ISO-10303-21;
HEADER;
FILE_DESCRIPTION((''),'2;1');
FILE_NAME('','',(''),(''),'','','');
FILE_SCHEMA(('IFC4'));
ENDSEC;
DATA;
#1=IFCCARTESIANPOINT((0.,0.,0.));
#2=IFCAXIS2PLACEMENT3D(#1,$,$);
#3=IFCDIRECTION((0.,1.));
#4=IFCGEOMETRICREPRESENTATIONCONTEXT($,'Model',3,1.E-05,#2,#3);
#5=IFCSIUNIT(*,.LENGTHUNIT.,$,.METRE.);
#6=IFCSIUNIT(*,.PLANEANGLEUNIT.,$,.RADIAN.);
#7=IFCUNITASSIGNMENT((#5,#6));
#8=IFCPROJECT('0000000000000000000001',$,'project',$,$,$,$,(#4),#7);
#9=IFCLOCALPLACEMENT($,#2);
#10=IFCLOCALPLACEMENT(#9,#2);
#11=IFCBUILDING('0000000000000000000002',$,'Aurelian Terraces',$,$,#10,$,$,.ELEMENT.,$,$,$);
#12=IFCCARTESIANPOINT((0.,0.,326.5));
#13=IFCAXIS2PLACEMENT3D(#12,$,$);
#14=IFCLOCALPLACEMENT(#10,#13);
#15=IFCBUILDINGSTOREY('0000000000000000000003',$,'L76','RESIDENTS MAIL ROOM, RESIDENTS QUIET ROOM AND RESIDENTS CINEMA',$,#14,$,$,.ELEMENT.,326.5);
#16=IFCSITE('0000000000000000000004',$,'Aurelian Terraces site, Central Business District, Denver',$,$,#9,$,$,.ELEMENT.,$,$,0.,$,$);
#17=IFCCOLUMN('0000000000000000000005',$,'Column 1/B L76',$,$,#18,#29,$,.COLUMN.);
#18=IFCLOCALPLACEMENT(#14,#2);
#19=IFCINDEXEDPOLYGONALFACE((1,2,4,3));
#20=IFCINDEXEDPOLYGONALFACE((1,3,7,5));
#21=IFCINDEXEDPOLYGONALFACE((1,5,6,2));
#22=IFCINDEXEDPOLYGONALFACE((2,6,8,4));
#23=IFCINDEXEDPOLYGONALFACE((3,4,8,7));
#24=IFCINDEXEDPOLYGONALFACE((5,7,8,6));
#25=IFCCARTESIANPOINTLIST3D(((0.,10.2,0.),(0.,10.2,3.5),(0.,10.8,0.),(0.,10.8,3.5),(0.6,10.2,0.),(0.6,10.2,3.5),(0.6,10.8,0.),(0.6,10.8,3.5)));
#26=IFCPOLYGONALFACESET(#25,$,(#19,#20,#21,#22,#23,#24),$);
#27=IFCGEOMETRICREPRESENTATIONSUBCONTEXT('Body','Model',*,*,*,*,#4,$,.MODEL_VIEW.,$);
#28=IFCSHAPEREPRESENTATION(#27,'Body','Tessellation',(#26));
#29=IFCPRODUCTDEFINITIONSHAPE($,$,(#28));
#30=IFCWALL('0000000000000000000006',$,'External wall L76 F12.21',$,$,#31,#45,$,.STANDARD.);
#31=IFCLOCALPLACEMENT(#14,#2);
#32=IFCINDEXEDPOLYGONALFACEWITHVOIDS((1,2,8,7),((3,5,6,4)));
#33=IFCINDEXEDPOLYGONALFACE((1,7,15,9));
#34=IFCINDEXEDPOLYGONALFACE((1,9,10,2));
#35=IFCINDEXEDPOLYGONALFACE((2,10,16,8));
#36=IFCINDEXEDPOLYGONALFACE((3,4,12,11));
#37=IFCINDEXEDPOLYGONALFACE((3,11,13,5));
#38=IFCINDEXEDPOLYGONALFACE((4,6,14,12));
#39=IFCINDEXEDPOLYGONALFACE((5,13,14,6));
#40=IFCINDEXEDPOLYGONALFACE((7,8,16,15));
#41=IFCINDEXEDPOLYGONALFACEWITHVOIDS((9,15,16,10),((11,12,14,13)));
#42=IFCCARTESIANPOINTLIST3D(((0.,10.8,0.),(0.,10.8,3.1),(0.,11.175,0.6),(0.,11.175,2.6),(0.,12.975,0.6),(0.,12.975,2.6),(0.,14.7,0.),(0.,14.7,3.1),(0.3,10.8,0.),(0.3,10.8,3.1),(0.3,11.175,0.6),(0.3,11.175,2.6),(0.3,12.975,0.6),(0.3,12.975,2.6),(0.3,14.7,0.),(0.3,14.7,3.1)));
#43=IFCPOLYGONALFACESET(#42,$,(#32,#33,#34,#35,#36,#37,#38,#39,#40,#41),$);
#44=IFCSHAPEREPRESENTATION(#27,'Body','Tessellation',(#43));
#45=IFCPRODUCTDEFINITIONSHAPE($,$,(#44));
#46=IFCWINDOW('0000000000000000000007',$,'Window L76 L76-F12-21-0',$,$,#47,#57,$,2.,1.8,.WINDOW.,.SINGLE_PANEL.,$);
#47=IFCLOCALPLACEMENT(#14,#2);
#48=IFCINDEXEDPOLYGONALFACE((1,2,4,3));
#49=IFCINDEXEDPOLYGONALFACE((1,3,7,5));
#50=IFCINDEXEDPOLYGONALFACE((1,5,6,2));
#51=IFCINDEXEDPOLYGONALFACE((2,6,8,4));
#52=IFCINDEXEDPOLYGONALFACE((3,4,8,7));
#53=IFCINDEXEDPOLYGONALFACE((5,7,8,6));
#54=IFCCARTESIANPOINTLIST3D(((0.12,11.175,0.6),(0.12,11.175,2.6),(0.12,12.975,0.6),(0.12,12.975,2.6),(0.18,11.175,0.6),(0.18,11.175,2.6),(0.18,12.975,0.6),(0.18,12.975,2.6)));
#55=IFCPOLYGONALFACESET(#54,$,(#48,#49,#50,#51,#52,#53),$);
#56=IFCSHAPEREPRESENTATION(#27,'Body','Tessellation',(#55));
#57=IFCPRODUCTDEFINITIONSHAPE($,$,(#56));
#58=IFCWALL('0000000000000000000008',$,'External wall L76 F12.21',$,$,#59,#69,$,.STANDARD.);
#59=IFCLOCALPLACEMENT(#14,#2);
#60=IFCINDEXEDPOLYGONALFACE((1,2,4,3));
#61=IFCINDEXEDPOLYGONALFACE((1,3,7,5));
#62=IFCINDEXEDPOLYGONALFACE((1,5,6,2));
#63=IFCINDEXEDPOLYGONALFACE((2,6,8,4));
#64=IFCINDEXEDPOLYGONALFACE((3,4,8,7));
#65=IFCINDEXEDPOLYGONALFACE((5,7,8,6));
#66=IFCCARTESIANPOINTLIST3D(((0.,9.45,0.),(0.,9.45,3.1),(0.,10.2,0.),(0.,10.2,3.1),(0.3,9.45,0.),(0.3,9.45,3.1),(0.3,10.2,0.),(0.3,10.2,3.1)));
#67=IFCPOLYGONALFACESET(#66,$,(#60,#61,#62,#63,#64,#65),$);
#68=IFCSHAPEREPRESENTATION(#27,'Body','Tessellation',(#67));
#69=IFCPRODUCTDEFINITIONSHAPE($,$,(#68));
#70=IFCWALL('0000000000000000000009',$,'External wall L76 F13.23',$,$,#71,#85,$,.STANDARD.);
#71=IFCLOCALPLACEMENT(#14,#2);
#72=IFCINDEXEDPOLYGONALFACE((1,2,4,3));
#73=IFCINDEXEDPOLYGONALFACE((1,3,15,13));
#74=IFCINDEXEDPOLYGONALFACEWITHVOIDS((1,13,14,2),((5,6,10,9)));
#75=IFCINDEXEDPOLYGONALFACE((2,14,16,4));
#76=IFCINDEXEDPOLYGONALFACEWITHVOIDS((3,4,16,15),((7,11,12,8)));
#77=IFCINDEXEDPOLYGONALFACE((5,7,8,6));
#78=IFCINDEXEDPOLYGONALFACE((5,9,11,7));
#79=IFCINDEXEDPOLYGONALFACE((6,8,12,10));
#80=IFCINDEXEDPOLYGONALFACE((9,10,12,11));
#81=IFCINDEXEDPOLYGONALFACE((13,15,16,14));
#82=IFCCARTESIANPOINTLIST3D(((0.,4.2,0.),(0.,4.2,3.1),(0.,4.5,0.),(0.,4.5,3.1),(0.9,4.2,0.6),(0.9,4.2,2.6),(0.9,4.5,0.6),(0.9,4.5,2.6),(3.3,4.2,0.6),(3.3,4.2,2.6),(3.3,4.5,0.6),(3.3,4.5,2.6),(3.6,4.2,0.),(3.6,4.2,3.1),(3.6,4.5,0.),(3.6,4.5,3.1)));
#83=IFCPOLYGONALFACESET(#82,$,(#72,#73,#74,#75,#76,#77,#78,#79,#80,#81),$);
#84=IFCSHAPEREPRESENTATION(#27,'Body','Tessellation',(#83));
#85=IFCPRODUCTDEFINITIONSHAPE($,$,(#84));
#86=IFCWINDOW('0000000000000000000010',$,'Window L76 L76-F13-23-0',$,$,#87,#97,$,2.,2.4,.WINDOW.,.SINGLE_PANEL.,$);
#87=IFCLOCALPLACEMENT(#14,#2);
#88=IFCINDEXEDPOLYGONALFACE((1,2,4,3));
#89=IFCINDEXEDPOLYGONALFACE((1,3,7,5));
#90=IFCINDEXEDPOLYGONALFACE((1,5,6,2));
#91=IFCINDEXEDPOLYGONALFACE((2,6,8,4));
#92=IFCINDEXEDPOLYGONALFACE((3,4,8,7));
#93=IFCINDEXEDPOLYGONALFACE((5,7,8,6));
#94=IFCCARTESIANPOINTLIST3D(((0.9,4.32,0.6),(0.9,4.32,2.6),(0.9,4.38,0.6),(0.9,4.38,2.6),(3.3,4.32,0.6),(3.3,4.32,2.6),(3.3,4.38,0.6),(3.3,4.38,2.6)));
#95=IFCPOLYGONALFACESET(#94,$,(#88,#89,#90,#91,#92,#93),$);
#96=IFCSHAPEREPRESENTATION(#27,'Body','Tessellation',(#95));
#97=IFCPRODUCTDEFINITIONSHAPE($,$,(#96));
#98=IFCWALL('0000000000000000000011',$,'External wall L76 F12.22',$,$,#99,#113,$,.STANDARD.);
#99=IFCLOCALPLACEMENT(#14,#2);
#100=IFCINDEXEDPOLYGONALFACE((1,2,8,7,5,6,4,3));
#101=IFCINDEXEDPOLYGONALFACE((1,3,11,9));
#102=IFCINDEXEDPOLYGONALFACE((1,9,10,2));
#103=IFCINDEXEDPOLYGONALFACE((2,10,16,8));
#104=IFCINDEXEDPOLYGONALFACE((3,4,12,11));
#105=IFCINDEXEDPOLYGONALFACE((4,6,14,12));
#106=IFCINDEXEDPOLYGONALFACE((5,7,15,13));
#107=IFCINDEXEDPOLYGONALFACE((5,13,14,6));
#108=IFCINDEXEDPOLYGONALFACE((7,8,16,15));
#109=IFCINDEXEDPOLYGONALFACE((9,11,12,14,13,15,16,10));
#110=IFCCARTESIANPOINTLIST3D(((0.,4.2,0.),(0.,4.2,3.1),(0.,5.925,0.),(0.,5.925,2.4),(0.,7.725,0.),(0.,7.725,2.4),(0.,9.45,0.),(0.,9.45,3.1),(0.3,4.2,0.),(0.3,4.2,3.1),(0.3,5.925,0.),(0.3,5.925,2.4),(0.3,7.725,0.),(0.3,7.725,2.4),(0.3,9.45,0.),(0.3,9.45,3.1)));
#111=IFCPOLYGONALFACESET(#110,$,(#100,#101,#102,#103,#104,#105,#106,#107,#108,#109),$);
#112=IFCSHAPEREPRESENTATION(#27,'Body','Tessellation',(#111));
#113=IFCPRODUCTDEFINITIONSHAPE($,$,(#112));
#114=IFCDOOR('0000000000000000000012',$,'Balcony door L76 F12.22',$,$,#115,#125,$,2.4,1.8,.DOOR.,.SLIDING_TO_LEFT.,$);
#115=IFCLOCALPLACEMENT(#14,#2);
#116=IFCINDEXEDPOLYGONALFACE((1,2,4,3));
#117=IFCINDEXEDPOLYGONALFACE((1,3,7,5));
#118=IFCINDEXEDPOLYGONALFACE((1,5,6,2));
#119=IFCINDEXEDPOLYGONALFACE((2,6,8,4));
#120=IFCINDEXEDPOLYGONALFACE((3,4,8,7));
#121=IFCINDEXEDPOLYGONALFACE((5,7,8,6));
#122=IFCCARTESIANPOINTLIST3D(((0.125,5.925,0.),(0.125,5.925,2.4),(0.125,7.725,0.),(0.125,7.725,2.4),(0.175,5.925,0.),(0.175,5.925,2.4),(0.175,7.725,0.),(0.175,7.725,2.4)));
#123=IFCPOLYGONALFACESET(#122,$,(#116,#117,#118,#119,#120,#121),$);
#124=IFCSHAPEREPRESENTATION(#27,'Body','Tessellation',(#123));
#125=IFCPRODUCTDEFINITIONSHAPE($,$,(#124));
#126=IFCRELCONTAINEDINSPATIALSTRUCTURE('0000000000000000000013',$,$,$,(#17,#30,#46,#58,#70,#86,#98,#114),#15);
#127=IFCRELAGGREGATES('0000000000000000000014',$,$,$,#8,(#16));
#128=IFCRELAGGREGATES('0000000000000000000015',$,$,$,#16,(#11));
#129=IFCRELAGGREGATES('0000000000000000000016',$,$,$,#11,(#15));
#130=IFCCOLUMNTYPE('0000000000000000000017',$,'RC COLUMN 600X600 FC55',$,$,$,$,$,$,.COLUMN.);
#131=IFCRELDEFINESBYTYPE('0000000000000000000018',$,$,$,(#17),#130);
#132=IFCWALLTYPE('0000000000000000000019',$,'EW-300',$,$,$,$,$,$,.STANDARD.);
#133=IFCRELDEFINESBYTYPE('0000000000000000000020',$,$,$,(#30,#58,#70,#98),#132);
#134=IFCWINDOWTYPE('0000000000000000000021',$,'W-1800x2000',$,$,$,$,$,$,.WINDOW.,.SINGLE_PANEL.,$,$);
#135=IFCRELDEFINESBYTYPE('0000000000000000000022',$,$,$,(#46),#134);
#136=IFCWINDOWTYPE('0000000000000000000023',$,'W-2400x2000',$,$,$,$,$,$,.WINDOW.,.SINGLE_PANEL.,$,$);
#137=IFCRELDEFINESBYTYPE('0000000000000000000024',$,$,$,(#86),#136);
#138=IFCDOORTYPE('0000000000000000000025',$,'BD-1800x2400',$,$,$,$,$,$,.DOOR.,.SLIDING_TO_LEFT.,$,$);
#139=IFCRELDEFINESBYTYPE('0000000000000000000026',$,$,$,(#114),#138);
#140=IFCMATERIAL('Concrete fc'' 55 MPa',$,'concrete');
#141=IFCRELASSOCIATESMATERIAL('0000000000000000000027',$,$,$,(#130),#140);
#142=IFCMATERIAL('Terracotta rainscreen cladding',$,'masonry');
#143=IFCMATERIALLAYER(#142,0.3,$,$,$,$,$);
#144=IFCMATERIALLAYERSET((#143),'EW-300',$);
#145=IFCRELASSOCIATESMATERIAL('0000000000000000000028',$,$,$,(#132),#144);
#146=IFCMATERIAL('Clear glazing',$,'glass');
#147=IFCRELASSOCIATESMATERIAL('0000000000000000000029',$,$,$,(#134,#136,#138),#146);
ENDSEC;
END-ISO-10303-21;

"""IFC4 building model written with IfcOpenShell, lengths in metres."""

from ifc_helpers import new_model, si_unit, direction, frame, frame_2d, origin, origin_2d, place, context, subcontext, project, spatial, rectangle, extrude, source, transform, mapped, material, layer, layer_set, material_profile, profile_set, type_object, element, fill, save


model = new_model("IFC4")

# Units and contexts
model_context = context("Model", 3, precision=1e-05, world=origin(), true_north=direction((0.0, 1.0)))
body_context = subcontext(model_context, "Body", "Model", "MODEL_VIEW")
ifc_project = project(units=[si_unit("LENGTHUNIT", "METRE"), si_unit("PLANEANGLEUNIT", "RADIAN")], contexts=[model_context])

# Site, building, storey
site_placement = place(None, origin())
site = spatial("IfcSite", under=ifc_project, at=site_placement, Name="Aurelian Terraces site, Central Business District, Denver", CompositionType="ELEMENT", RefElevation=0.0)
building_placement = place(site_placement, origin())
building = spatial("IfcBuilding", under=site, at=building_placement, Name="Aurelian Terraces", CompositionType="ELEMENT")
storey_placement = place(building_placement, frame((0.0, 0.0, 326.5)))
storey = spatial("IfcBuildingStorey", under=building, at=storey_placement, Name="L76", Description="RESIDENTS MAIL ROOM, RESIDENTS QUIET ROOM AND RESIDENTS CINEMA", CompositionType="ELEMENT", Elevation=326.5)

# Column
ifc_material_1 = material(Name="Concrete fc' 55 MPa", Category="concrete")
ifc_material_profile = material_profile(ifc_material_1, rectangle(XDim=0.6, YDim=0.6, at=origin_2d()))
ifc_profile_set = profile_set([ifc_material_profile], Name="Concrete fc' 55 MPa")
column_type = type_object("IfcColumnType", Name="RC COLUMN 600X600 FC55", PredefinedType="COLUMN", material=ifc_profile_set)
shared_shape_1 = source(origin(), body_context, "Body", "SweptSolid", [
    extrude(rectangle(XDim=0.6, YDim=0.6, at=origin_2d()), origin(), (0.0, 0.0, 1.0), 3.5),
])
column_placement = place(storey_placement, frame((0.3, 10.5, 0.0), z_axis=(0.0, 0.0, 1.0), x_axis=(1.0, 0.0, 0.0)))
element("IfcColumn", 1, at=column_placement, inside=storey, type_object=column_type, Name="Column 1/B L76", PredefinedType="COLUMN", context=body_context, shape_type="MappedRepresentation", body=[
    mapped(shared_shape_1, transform((0.0, 0.0, 0.0), scale=1.0)),
])

# Wall, opening, window
ifc_material_2 = material(Name="Terracotta rainscreen cladding", Category="masonry")
ifc_layer_1 = layer(ifc_material_2, 0.3)
ifc_layer_set_1 = layer_set([ifc_layer_1], Name="EW-300")
wall_type_1 = type_object("IfcWallType", Name="EW-300", PredefinedType="STANDARD", material=ifc_layer_set_1)
wall_1_placement = place(storey_placement, frame((0.15, 14.7, 0.0), z_axis=(0.0, 0.0, 1.0), x_axis=(0.0, -1.0, 0.0)))
wall_1 = element("IfcWall", 2, at=wall_1_placement, inside=storey, type_object=wall_type_1, Name="External wall L76 F12.21", PredefinedType="STANDARD", context=body_context, shape_type="SweptSolid", body=[
    extrude(rectangle(XDim=3.9, YDim=0.3, at=frame_2d((1.95, 0.0))), origin(), (0.0, 0.0, 1.0), 3.1),
])
shared_shape_2 = source(origin(), body_context, "Body", "SweptSolid", [
    extrude(rectangle(XDim=1.8, YDim=2.0, at=frame_2d((0.9, 1.0))), frame((0.0, 0.16, 0.0), z_axis=(0.0, -1.0, 0.0), x_axis=(1.0, 0.0, 0.0)), (0.0, 0.0, 1.0), 0.32),
])
opening_1_placement = place(wall_1_placement, frame((1.725, 0.0, 0.6)))
opening_1 = element("IfcOpeningElement", 3, at=opening_1_placement, cuts=wall_1, PredefinedType="OPENING", context=body_context, shape_type="MappedRepresentation", body=[
    mapped(shared_shape_2, transform((0.0, 0.0, 0.0), scale=1.0)),
])
ifc_material_3 = material(Name="Clear glazing", Category="glass")
window_type_1 = type_object("IfcWindowType", Name="W-1800x2000", PartitioningType="SINGLE_PANEL", PredefinedType="WINDOW", material=ifc_material_3)
shared_shape_3 = source(origin(), body_context, "Body", "SweptSolid", [
    extrude(rectangle(XDim=1.8, YDim=2.0, at=frame_2d((0.9, 1.0))), frame((0.0, 0.03, 0.0), z_axis=(0.0, -1.0, 0.0), x_axis=(1.0, 0.0, 0.0)), (0.0, 0.0, 1.0), 0.06),
])
window_1_placement = place(opening_1_placement, origin())
window_1 = element("IfcWindow", 4, at=window_1_placement, inside=storey, type_object=window_type_1, Name="Window L76 L76-F12-21-0", OverallHeight=2.0, OverallWidth=1.8, PartitioningType="SINGLE_PANEL", PredefinedType="WINDOW", context=body_context, shape_type="MappedRepresentation", body=[
    mapped(shared_shape_3, transform((0.0, 0.0, 0.0), scale=1.0)),
])
fill(opening_1, window_1)

# Wall
wall_2_placement = place(storey_placement, frame((0.15, 10.2, 0.0), z_axis=(0.0, 0.0, 1.0), x_axis=(0.0, -1.0, 0.0)))
element("IfcWall", 5, at=wall_2_placement, inside=storey, type_object=wall_type_1, Name="External wall L76 F12.21", PredefinedType="STANDARD", context=body_context, shape_type="SweptSolid", body=[
    extrude(rectangle(XDim=0.75, YDim=0.3, at=frame_2d((0.375, 0.0))), origin(), (0.0, 0.0, 1.0), 3.1),
])

# Wall, opening, window
shared_shape_4 = source(origin(), body_context, "Body", "SweptSolid", [
    extrude(rectangle(XDim=3.6, YDim=0.3, at=frame_2d((1.8, 0.0))), origin(), (0.0, 0.0, 1.0), 3.1),
])
wall_3_placement = place(storey_placement, frame((0.0, 4.35, 0.0), z_axis=(0.0, 0.0, 1.0), x_axis=(1.0, 0.0, 0.0)))
wall_3 = element("IfcWall", 6, at=wall_3_placement, inside=storey, type_object=wall_type_1, Name="External wall L76 F13.23", PredefinedType="STANDARD", context=body_context, shape_type="MappedRepresentation", body=[
    mapped(shared_shape_4, transform((0.0, 0.0, 0.0), scale=1.0)),
])
shared_shape_5 = source(origin(), body_context, "Body", "SweptSolid", [
    extrude(rectangle(XDim=2.4, YDim=2.0, at=frame_2d((1.2, 1.0))), frame((0.0, 0.16, 0.0), z_axis=(0.0, -1.0, 0.0), x_axis=(1.0, 0.0, 0.0)), (0.0, 0.0, 1.0), 0.32),
])
opening_2_placement = place(wall_3_placement, frame((0.9, 0.0, 0.6)))
opening_2 = element("IfcOpeningElement", 7, at=opening_2_placement, cuts=wall_3, PredefinedType="OPENING", context=body_context, shape_type="MappedRepresentation", body=[
    mapped(shared_shape_5, transform((0.0, 0.0, 0.0), scale=1.0)),
])
window_type_2 = type_object("IfcWindowType", Name="W-2400x2000", PartitioningType="SINGLE_PANEL", PredefinedType="WINDOW", material=ifc_material_3)
shared_shape_6 = source(origin(), body_context, "Body", "SweptSolid", [
    extrude(rectangle(XDim=2.4, YDim=2.0, at=frame_2d((1.2, 1.0))), frame((0.0, 0.03, 0.0), z_axis=(0.0, -1.0, 0.0), x_axis=(1.0, 0.0, 0.0)), (0.0, 0.0, 1.0), 0.06),
])
window_2_placement = place(opening_2_placement, origin())
window_2 = element("IfcWindow", 8, at=window_2_placement, inside=storey, type_object=window_type_2, Name="Window L76 L76-F13-23-0", OverallHeight=2.0, OverallWidth=2.4, PartitioningType="SINGLE_PANEL", PredefinedType="WINDOW", context=body_context, shape_type="MappedRepresentation", body=[
    mapped(shared_shape_6, transform((0.0, 0.0, 0.0), scale=1.0)),
])
fill(opening_2, window_2)

# Wall, opening, door
shared_shape_7 = source(origin(), body_context, "Body", "SweptSolid", [
    extrude(rectangle(XDim=5.25, YDim=0.3, at=frame_2d((2.625, 0.0))), origin(), (0.0, 0.0, 1.0), 3.1),
])
wall_4_placement = place(storey_placement, frame((0.15, 9.45, 0.0), z_axis=(0.0, 0.0, 1.0), x_axis=(0.0, -1.0, 0.0)))
wall_4 = element("IfcWall", 9, at=wall_4_placement, inside=storey, type_object=wall_type_1, Name="External wall L76 F12.22", PredefinedType="STANDARD", context=body_context, shape_type="MappedRepresentation", body=[
    mapped(shared_shape_7, transform((0.0, 0.0, 0.0), scale=1.0)),
])
shared_shape_8 = source(origin(), body_context, "Body", "SweptSolid", [
    extrude(rectangle(XDim=1.8, YDim=2.4, at=frame_2d((0.9, 1.2))), frame((0.0, 0.16, 0.0), z_axis=(0.0, -1.0, 0.0), x_axis=(1.0, 0.0, 0.0)), (0.0, 0.0, 1.0), 0.32),
])
opening_3_placement = place(wall_4_placement, frame((1.725, 0.0, 0.0)))
opening_3 = element("IfcOpeningElement", 10, at=opening_3_placement, cuts=wall_4, PredefinedType="OPENING", context=body_context, shape_type="MappedRepresentation", body=[
    mapped(shared_shape_8, transform((0.0, 0.0, 0.0), scale=1.0)),
])
door_type_1 = type_object("IfcDoorType", Name="BD-1800x2400", OperationType="SLIDING_TO_LEFT", PredefinedType="DOOR", material=ifc_material_3)
shared_shape_9 = source(origin(), body_context, "Body", "SweptSolid", [
    extrude(rectangle(XDim=1.8, YDim=2.4, at=frame_2d((0.9, 1.2))), frame((0.0, 0.025, 0.0), z_axis=(0.0, -1.0, 0.0), x_axis=(1.0, 0.0, 0.0)), (0.0, 0.0, 1.0), 0.05),
])
door_1_placement = place(opening_3_placement, origin())
door_1 = element("IfcDoor", 11, at=door_1_placement, inside=storey, type_object=door_type_1, Name="Balcony door L76 F12.22", OperationType="SLIDING_TO_LEFT", OverallHeight=2.4, OverallWidth=1.8, PredefinedType="DOOR", context=body_context, shape_type="MappedRepresentation", body=[
    mapped(shared_shape_9, transform((0.0, 0.0, 0.0), scale=1.0)),
])
fill(opening_3, door_1)

save(model, "model.ifc")
